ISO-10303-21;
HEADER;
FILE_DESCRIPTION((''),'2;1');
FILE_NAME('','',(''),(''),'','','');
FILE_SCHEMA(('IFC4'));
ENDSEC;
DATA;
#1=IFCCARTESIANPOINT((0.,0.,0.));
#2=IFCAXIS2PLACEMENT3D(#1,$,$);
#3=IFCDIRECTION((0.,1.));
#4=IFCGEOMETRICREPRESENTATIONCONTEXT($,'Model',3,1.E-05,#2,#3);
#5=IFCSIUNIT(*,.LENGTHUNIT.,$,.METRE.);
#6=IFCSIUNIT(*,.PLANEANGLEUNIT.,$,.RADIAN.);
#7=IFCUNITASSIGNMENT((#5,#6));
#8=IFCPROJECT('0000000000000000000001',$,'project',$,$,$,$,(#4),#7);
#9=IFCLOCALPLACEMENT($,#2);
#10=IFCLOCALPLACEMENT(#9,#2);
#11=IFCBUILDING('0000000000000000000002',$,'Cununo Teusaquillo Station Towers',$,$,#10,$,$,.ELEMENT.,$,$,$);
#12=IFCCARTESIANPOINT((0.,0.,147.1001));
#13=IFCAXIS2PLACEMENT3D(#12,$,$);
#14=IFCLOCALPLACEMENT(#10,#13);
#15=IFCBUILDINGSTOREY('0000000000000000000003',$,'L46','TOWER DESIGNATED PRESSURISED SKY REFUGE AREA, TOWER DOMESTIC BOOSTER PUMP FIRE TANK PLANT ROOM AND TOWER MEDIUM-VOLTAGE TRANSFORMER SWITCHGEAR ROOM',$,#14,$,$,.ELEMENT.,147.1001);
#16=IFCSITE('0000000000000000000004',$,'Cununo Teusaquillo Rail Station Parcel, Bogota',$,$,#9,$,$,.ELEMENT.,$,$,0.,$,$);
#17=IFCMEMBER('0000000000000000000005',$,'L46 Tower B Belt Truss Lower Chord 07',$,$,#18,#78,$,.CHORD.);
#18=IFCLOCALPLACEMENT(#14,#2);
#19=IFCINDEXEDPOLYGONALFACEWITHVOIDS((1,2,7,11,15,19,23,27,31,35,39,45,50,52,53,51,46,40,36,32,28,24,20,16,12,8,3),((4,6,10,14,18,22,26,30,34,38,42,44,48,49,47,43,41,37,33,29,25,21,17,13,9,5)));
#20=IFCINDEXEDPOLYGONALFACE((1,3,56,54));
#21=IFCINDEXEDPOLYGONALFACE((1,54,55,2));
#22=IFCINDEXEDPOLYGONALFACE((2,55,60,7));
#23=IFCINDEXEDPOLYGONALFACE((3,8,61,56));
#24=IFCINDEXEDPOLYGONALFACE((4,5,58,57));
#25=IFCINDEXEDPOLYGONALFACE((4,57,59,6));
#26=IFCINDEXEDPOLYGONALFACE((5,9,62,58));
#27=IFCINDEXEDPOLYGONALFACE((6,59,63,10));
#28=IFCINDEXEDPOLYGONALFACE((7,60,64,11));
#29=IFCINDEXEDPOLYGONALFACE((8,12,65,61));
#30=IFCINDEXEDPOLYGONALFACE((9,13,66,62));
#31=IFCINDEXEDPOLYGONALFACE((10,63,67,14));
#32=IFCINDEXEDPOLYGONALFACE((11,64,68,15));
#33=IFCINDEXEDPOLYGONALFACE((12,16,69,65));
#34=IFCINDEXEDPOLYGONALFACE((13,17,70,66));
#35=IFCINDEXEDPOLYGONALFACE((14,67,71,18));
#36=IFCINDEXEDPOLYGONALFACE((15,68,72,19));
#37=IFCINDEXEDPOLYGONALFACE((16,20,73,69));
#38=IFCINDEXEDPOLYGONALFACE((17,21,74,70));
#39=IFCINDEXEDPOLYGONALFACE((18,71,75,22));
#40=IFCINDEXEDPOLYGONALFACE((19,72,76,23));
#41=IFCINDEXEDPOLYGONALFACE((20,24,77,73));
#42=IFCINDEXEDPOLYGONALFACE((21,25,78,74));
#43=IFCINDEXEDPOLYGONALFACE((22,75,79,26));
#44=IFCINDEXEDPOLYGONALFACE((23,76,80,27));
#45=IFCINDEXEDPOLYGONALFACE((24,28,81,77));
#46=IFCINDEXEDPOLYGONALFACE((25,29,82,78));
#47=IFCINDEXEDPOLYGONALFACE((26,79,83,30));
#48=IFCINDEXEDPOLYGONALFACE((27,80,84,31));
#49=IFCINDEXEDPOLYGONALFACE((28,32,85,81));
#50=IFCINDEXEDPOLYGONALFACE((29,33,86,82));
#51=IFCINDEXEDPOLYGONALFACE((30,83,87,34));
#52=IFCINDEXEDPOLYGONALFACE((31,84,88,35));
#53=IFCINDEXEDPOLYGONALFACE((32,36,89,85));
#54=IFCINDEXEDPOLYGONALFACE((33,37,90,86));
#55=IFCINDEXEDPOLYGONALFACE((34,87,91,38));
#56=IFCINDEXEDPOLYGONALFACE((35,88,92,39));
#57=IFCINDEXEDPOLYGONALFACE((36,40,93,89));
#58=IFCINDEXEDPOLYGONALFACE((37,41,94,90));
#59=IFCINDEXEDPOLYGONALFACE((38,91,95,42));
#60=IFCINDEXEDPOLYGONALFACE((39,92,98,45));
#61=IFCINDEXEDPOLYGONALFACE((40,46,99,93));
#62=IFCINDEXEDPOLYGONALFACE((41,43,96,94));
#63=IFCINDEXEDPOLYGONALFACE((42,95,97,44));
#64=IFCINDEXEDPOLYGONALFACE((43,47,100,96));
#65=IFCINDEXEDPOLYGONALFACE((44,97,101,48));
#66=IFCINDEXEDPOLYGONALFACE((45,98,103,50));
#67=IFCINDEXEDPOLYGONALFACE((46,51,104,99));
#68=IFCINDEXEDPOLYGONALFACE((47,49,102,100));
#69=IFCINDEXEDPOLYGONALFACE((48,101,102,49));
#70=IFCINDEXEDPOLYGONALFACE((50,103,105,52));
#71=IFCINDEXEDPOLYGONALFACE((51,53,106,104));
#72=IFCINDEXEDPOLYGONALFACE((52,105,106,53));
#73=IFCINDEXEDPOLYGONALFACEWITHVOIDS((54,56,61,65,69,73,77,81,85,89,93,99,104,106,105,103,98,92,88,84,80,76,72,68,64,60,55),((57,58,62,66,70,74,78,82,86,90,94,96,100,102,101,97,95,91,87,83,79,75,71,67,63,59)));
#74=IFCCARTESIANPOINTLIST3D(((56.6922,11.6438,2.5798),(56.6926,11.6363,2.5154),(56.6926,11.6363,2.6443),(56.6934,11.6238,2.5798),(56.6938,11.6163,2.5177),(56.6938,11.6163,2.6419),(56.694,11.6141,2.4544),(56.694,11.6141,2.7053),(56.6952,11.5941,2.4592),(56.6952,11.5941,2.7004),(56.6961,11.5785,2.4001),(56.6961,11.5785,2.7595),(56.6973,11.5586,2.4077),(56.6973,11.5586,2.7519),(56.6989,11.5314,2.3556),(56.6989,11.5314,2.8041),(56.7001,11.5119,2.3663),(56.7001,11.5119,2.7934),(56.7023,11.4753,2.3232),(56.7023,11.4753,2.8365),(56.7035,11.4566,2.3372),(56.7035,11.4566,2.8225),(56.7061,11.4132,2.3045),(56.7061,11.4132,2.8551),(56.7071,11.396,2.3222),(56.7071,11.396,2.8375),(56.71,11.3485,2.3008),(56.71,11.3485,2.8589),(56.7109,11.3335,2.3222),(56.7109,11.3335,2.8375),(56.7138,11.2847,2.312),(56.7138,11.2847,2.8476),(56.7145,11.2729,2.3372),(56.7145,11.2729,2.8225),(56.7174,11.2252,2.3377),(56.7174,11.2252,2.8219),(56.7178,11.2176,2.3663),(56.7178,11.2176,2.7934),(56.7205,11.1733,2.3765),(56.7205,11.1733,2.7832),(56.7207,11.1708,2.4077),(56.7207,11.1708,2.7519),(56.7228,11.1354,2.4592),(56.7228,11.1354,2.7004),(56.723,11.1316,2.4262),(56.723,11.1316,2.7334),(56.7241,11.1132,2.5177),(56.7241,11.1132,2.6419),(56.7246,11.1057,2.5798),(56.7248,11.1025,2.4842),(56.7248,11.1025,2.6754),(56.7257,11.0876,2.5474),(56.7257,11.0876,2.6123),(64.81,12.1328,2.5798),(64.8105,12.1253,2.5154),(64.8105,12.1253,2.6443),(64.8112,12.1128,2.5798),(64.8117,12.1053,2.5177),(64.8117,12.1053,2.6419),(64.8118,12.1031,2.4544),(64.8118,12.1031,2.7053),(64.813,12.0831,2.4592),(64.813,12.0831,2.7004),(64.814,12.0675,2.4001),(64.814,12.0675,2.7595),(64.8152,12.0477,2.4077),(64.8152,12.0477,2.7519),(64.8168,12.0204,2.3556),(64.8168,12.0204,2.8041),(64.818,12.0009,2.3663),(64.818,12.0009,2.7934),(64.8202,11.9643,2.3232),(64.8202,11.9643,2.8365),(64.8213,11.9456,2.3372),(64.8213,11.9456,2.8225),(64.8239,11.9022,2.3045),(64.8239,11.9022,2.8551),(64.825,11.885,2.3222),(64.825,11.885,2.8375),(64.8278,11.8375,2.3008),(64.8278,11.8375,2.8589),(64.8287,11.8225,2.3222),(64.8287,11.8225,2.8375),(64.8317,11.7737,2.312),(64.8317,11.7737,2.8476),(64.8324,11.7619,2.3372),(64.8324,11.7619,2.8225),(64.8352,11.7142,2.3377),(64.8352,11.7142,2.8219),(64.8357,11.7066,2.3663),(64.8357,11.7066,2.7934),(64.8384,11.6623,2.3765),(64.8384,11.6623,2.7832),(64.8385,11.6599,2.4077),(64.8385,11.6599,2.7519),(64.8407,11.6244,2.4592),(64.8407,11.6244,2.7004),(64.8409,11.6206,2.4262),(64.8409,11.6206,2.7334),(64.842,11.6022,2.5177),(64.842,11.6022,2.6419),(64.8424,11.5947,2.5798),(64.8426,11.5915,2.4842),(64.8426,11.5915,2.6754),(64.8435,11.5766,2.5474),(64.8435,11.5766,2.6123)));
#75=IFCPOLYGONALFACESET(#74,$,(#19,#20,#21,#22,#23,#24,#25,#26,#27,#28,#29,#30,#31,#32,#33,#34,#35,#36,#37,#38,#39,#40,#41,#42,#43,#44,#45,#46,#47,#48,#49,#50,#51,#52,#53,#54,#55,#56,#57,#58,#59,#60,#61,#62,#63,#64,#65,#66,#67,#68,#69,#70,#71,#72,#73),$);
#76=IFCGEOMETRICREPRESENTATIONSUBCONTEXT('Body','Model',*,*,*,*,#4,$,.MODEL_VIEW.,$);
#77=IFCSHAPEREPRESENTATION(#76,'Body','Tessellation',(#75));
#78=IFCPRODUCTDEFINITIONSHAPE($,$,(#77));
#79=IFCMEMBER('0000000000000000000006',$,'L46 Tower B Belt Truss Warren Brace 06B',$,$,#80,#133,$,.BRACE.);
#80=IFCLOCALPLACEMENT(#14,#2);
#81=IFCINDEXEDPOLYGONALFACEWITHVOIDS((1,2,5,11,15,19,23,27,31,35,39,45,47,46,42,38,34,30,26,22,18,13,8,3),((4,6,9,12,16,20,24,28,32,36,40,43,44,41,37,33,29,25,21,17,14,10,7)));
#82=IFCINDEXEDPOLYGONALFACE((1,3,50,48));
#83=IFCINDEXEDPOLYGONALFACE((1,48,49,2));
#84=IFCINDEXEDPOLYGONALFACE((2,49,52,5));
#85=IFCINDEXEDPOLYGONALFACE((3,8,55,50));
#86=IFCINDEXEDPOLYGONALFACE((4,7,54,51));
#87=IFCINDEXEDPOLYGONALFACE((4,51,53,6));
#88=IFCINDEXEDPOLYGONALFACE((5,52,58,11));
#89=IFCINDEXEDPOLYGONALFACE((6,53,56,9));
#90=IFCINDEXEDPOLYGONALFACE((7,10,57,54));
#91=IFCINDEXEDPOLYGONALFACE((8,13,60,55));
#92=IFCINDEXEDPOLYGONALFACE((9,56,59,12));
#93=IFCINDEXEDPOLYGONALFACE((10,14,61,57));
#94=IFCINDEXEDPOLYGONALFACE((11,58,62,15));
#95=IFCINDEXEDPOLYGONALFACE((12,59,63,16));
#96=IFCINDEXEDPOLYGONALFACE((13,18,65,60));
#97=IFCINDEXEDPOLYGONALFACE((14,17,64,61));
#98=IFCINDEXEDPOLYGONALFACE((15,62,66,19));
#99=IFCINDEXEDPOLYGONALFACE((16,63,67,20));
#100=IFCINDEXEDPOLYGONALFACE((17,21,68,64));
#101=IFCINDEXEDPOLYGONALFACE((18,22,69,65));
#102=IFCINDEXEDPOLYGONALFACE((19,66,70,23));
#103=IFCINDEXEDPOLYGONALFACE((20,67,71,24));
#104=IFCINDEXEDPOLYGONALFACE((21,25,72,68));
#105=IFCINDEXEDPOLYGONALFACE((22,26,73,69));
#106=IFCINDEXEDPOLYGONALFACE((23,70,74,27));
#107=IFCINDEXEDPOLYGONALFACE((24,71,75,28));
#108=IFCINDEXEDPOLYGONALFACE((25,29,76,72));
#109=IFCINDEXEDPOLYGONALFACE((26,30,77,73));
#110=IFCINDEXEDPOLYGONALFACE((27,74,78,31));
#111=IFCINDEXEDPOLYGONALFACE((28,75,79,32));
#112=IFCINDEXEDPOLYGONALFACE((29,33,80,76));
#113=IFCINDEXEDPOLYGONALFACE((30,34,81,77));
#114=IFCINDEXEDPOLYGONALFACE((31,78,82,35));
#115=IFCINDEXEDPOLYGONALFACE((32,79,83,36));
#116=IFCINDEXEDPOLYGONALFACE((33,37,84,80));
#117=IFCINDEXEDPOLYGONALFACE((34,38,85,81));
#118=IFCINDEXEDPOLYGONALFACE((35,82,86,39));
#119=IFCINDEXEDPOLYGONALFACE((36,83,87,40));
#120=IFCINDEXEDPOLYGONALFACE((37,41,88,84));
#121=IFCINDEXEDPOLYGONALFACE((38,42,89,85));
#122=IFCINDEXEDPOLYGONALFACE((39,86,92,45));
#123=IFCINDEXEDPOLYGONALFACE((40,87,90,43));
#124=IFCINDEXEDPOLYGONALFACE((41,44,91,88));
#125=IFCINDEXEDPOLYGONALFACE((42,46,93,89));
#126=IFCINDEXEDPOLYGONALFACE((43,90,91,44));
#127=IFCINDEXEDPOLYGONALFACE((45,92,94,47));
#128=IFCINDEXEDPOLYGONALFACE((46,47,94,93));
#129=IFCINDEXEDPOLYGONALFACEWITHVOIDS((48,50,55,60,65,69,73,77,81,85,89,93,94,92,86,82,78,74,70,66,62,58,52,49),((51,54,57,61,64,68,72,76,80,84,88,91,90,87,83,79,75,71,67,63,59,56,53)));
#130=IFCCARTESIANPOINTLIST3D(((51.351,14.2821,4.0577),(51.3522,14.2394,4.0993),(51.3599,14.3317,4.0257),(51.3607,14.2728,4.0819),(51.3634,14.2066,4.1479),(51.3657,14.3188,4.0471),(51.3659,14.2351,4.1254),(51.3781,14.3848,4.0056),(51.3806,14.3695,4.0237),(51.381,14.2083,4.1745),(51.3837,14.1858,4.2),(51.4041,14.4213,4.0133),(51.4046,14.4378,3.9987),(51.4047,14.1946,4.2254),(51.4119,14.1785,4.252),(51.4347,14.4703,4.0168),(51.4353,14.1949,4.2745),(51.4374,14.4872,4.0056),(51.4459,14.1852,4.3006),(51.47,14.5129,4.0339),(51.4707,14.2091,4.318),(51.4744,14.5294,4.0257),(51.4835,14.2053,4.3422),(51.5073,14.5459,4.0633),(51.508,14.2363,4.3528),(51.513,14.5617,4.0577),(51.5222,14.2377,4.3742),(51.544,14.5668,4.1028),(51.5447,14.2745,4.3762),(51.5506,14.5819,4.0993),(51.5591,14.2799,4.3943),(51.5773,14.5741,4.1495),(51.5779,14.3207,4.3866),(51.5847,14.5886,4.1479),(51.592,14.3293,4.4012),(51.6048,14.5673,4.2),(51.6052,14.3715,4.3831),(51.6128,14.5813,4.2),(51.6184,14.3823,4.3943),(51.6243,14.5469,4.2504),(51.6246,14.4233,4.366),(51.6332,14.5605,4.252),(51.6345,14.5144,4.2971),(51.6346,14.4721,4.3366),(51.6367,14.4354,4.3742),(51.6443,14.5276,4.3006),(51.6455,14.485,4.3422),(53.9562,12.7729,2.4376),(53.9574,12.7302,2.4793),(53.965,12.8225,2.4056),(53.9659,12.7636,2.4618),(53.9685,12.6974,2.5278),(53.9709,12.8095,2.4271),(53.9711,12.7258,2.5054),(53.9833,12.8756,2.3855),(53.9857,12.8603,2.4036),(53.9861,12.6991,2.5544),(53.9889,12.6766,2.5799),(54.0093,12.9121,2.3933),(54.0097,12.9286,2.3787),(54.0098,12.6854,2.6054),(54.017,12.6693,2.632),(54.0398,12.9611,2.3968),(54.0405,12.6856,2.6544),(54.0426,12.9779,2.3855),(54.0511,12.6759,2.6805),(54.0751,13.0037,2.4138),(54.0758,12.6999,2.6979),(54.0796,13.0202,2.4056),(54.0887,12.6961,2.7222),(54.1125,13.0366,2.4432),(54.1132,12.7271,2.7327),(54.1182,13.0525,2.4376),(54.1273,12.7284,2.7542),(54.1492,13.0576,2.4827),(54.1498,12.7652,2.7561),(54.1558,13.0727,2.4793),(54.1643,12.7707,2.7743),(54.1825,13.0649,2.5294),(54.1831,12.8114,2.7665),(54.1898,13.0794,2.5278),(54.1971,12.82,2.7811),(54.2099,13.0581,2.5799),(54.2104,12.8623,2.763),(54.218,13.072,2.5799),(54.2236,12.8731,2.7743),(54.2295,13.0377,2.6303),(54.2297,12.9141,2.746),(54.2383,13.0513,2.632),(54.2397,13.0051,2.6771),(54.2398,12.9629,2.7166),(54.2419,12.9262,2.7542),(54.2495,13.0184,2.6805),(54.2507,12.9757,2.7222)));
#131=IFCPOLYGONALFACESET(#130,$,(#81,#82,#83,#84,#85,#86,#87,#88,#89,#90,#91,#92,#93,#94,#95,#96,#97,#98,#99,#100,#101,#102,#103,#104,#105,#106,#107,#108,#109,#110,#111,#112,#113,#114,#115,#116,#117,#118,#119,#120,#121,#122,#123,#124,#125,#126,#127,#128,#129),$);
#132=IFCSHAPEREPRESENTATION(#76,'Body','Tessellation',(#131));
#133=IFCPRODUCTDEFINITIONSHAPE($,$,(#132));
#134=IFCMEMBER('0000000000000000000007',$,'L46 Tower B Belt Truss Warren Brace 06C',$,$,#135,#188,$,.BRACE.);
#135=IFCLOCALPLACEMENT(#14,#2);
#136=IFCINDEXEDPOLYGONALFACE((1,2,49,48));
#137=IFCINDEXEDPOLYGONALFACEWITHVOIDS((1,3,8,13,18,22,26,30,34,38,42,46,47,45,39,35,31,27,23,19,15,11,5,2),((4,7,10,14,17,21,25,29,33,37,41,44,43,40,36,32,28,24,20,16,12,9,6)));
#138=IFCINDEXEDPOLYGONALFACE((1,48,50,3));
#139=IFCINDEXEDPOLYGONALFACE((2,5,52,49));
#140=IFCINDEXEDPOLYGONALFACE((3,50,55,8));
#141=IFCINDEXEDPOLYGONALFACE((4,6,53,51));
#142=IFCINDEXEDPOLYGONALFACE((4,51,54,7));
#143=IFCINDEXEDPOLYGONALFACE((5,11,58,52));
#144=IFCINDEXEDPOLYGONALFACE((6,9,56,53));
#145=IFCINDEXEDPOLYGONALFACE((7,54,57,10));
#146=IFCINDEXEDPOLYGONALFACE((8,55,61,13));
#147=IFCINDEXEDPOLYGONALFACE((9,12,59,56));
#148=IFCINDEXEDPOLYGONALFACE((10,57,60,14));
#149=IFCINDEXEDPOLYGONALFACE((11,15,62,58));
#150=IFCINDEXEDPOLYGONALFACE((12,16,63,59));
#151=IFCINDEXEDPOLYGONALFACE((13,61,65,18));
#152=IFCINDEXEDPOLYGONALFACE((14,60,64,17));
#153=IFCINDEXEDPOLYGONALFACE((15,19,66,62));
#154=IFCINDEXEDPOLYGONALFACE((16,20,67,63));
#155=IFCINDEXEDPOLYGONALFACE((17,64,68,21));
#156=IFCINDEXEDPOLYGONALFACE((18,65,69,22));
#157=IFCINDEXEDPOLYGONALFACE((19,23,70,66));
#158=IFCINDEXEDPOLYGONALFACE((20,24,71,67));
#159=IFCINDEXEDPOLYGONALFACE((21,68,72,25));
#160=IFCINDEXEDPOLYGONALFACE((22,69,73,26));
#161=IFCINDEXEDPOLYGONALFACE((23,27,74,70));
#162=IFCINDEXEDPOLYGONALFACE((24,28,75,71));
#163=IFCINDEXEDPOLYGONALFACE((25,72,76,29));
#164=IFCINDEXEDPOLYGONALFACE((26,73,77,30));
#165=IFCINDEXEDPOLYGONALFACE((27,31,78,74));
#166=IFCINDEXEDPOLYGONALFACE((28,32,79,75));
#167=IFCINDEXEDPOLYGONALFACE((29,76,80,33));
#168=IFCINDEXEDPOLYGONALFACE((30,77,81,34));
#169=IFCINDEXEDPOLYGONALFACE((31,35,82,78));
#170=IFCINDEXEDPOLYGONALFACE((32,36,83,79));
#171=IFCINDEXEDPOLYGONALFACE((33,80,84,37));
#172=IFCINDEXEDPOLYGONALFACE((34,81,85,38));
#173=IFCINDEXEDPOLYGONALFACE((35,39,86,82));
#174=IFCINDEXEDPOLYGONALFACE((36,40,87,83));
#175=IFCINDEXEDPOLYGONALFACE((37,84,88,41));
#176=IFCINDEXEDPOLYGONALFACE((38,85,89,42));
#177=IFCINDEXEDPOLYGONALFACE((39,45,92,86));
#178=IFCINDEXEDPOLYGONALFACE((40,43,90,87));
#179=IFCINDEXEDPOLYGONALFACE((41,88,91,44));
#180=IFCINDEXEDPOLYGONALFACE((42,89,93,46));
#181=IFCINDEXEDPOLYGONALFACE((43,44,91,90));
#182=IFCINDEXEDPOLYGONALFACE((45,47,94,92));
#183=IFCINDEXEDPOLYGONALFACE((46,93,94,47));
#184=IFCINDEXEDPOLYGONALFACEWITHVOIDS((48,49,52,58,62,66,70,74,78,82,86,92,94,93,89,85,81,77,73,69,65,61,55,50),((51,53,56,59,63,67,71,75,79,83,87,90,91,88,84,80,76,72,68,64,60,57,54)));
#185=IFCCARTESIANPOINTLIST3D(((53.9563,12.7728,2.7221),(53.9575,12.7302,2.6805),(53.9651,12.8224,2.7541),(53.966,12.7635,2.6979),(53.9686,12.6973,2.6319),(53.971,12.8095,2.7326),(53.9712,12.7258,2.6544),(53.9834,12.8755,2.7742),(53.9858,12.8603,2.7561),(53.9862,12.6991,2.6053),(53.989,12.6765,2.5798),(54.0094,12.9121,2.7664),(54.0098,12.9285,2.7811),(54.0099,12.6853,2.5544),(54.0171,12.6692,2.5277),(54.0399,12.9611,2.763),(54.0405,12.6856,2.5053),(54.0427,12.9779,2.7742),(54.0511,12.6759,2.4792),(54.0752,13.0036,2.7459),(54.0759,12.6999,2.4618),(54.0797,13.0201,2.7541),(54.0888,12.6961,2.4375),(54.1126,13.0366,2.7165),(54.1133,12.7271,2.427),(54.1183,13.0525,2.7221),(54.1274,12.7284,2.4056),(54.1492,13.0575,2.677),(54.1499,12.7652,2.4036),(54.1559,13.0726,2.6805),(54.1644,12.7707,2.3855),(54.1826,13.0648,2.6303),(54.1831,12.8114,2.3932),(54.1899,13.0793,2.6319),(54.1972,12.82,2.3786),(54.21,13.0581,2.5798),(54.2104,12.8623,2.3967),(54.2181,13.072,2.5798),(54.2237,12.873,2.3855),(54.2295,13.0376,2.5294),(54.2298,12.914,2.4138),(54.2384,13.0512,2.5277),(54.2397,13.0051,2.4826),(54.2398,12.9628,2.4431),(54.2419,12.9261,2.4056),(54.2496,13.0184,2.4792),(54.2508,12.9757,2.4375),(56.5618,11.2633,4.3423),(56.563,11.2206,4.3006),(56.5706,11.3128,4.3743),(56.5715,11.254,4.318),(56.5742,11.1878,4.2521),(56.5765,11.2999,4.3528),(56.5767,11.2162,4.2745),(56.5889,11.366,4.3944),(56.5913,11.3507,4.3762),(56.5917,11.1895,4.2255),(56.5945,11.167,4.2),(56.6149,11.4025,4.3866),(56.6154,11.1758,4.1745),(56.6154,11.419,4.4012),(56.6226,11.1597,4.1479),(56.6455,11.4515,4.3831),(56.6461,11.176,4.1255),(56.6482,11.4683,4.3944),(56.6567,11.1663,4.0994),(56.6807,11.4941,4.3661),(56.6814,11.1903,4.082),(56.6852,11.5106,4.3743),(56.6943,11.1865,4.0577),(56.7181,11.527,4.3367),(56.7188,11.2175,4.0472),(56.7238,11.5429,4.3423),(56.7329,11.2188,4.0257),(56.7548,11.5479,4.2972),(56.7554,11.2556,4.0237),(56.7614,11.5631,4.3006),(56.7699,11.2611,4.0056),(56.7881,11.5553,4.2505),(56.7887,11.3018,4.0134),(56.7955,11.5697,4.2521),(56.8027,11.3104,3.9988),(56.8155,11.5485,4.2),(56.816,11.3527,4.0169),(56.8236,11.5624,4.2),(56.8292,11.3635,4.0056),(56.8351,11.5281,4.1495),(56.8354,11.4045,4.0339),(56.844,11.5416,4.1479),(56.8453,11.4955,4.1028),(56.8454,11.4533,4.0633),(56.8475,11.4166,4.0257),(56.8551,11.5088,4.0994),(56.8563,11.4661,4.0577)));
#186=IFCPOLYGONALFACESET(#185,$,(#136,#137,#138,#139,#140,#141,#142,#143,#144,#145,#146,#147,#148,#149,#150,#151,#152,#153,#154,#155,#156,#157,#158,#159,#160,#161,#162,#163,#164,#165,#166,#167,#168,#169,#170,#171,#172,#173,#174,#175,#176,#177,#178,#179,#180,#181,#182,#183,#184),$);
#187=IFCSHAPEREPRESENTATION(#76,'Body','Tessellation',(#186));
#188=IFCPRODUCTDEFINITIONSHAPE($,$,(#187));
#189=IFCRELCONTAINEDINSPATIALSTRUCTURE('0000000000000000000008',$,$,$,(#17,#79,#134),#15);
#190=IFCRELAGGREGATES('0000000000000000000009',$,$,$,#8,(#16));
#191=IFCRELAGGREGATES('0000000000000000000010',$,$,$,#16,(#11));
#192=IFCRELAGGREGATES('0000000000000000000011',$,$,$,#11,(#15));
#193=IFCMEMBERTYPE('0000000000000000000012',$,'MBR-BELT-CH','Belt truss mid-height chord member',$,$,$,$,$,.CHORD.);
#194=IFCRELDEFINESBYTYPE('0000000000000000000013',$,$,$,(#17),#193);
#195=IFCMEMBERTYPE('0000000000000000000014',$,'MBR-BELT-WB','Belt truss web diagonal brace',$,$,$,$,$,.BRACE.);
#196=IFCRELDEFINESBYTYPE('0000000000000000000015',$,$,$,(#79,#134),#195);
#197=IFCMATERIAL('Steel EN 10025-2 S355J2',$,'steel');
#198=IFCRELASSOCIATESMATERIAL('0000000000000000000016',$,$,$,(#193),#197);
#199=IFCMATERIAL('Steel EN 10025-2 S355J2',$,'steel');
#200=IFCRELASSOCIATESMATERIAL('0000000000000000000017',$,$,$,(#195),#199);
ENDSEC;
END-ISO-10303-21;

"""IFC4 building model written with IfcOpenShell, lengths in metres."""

from ifc_helpers import new_model, si_unit, direction, frame, origin, origin_2d, place, context, subcontext, project, spatial, hollow_circle, extrude, material, material_profile, profile_set, type_object, element, save


model = new_model("IFC4")

# Units and contexts
model_context = context("Model", 3, precision=1e-05, world=origin(), true_north=direction((0.0, 1.0)))
body_context = subcontext(model_context, "Body", "Model", "MODEL_VIEW")
ifc_project = project(units=[si_unit("LENGTHUNIT", "METRE"), si_unit("PLANEANGLEUNIT", "RADIAN")], contexts=[model_context])

# Site, building, storey
site_placement = place(None, origin())
site = spatial("IfcSite", under=ifc_project, at=site_placement, Name="Cununo Teusaquillo Rail Station Parcel, Bogota", CompositionType="ELEMENT", RefElevation=0.0)
building_placement = place(site_placement, origin())
building = spatial("IfcBuilding", under=site, at=building_placement, Name="Cununo Teusaquillo Station Towers", CompositionType="ELEMENT")
storey_placement = place(building_placement, frame((0.0, 0.0, 147.1001)))
storey = spatial("IfcBuildingStorey", under=building, at=storey_placement, Name="L46", Description="TOWER DESIGNATED PRESSURISED SKY REFUGE AREA, TOWER DOMESTIC BOOSTER PUMP FIRE TANK PLANT ROOM AND TOWER MEDIUM-VOLTAGE TRANSFORMER SWITCHGEAR ROOM", CompositionType="ELEMENT", Elevation=147.1001)

# Members
ifc_material_1 = material(Name="Steel EN 10025-2 S355J2", Category="steel")
ifc_material_profile_1 = material_profile(ifc_material_1, hollow_circle(Radius=0.2795, WallThickness=0.02, at=origin_2d()), Name="CHS 559x20")
ifc_profile_set_1 = profile_set([ifc_material_profile_1], Name="Steel EN 10025-2 S355J2")
member_type_1 = type_object("IfcMemberType", Name="MBR-BELT-CH", Description="Belt truss mid-height chord member", PredefinedType="CHORD", material=ifc_profile_set_1)
member_1_placement = place(storey_placement, frame((56.709, 11.3647, 2.5798), z_axis=(0.998191, 0.06013, 0.0), x_axis=(-0.06013, 0.998191, 0.0)))
element("IfcMember", 1, at=member_1_placement, inside=storey, type_object=member_type_1, Name="L46 Tower B Belt Truss Lower Chord 07", PredefinedType="CHORD", context=body_context, shape_type="SweptSolid", body=[
    extrude(hollow_circle(Radius=0.2795, WallThickness=0.02, at=origin_2d()), origin(), (0.0, 0.0, 1.0), 8.1326),
])
ifc_material_2 = material(Name="Steel EN 10025-2 S355J2", Category="steel")
ifc_material_profile_2 = material_profile(ifc_material_2, hollow_circle(Radius=0.2285, WallThickness=0.0161, at=origin_2d()), Name="CHS 457x16")
ifc_profile_set_2 = profile_set([ifc_material_profile_2], Name="Steel EN 10025-2 S355J2")
member_type_2 = type_object("IfcMemberType", Name="MBR-BELT-WB", Description="Belt truss web diagonal brace", PredefinedType="BRACE", material=ifc_profile_set_2)
member_2_placement = place(storey_placement, frame((51.4983, 14.3835, 4.2), z_axis=(0.761974, -0.441432, -0.47385), x_axis=(0.501282, 0.865284, 0.0)))
element("IfcMember", 2, at=member_2_placement, inside=storey, type_object=member_type_2, Name="L46 Tower B Belt Truss Warren Brace 06B", PredefinedType="BRACE", context=body_context, shape_type="SweptSolid", body=[
    extrude(hollow_circle(Radius=0.2285, WallThickness=0.0161, at=origin_2d()), origin(), (0.0, 0.0, 1.0), 3.4189),
])
member_3_placement = place(storey_placement, frame((54.1035, 12.8743, 2.5798), z_axis=(0.761979, -0.441465, 0.47381), x_axis=(0.501308, 0.865269, 0.0)))
element("IfcMember", 3, at=member_3_placement, inside=storey, type_object=member_type_2, Name="L46 Tower B Belt Truss Warren Brace 06C", PredefinedType="BRACE", context=body_context, shape_type="SweptSolid", body=[
    extrude(hollow_circle(Radius=0.2285, WallThickness=0.0161, at=origin_2d()), origin(), (0.0, 0.0, 1.0), 3.4194),
])

save(model, "model.ifc")
